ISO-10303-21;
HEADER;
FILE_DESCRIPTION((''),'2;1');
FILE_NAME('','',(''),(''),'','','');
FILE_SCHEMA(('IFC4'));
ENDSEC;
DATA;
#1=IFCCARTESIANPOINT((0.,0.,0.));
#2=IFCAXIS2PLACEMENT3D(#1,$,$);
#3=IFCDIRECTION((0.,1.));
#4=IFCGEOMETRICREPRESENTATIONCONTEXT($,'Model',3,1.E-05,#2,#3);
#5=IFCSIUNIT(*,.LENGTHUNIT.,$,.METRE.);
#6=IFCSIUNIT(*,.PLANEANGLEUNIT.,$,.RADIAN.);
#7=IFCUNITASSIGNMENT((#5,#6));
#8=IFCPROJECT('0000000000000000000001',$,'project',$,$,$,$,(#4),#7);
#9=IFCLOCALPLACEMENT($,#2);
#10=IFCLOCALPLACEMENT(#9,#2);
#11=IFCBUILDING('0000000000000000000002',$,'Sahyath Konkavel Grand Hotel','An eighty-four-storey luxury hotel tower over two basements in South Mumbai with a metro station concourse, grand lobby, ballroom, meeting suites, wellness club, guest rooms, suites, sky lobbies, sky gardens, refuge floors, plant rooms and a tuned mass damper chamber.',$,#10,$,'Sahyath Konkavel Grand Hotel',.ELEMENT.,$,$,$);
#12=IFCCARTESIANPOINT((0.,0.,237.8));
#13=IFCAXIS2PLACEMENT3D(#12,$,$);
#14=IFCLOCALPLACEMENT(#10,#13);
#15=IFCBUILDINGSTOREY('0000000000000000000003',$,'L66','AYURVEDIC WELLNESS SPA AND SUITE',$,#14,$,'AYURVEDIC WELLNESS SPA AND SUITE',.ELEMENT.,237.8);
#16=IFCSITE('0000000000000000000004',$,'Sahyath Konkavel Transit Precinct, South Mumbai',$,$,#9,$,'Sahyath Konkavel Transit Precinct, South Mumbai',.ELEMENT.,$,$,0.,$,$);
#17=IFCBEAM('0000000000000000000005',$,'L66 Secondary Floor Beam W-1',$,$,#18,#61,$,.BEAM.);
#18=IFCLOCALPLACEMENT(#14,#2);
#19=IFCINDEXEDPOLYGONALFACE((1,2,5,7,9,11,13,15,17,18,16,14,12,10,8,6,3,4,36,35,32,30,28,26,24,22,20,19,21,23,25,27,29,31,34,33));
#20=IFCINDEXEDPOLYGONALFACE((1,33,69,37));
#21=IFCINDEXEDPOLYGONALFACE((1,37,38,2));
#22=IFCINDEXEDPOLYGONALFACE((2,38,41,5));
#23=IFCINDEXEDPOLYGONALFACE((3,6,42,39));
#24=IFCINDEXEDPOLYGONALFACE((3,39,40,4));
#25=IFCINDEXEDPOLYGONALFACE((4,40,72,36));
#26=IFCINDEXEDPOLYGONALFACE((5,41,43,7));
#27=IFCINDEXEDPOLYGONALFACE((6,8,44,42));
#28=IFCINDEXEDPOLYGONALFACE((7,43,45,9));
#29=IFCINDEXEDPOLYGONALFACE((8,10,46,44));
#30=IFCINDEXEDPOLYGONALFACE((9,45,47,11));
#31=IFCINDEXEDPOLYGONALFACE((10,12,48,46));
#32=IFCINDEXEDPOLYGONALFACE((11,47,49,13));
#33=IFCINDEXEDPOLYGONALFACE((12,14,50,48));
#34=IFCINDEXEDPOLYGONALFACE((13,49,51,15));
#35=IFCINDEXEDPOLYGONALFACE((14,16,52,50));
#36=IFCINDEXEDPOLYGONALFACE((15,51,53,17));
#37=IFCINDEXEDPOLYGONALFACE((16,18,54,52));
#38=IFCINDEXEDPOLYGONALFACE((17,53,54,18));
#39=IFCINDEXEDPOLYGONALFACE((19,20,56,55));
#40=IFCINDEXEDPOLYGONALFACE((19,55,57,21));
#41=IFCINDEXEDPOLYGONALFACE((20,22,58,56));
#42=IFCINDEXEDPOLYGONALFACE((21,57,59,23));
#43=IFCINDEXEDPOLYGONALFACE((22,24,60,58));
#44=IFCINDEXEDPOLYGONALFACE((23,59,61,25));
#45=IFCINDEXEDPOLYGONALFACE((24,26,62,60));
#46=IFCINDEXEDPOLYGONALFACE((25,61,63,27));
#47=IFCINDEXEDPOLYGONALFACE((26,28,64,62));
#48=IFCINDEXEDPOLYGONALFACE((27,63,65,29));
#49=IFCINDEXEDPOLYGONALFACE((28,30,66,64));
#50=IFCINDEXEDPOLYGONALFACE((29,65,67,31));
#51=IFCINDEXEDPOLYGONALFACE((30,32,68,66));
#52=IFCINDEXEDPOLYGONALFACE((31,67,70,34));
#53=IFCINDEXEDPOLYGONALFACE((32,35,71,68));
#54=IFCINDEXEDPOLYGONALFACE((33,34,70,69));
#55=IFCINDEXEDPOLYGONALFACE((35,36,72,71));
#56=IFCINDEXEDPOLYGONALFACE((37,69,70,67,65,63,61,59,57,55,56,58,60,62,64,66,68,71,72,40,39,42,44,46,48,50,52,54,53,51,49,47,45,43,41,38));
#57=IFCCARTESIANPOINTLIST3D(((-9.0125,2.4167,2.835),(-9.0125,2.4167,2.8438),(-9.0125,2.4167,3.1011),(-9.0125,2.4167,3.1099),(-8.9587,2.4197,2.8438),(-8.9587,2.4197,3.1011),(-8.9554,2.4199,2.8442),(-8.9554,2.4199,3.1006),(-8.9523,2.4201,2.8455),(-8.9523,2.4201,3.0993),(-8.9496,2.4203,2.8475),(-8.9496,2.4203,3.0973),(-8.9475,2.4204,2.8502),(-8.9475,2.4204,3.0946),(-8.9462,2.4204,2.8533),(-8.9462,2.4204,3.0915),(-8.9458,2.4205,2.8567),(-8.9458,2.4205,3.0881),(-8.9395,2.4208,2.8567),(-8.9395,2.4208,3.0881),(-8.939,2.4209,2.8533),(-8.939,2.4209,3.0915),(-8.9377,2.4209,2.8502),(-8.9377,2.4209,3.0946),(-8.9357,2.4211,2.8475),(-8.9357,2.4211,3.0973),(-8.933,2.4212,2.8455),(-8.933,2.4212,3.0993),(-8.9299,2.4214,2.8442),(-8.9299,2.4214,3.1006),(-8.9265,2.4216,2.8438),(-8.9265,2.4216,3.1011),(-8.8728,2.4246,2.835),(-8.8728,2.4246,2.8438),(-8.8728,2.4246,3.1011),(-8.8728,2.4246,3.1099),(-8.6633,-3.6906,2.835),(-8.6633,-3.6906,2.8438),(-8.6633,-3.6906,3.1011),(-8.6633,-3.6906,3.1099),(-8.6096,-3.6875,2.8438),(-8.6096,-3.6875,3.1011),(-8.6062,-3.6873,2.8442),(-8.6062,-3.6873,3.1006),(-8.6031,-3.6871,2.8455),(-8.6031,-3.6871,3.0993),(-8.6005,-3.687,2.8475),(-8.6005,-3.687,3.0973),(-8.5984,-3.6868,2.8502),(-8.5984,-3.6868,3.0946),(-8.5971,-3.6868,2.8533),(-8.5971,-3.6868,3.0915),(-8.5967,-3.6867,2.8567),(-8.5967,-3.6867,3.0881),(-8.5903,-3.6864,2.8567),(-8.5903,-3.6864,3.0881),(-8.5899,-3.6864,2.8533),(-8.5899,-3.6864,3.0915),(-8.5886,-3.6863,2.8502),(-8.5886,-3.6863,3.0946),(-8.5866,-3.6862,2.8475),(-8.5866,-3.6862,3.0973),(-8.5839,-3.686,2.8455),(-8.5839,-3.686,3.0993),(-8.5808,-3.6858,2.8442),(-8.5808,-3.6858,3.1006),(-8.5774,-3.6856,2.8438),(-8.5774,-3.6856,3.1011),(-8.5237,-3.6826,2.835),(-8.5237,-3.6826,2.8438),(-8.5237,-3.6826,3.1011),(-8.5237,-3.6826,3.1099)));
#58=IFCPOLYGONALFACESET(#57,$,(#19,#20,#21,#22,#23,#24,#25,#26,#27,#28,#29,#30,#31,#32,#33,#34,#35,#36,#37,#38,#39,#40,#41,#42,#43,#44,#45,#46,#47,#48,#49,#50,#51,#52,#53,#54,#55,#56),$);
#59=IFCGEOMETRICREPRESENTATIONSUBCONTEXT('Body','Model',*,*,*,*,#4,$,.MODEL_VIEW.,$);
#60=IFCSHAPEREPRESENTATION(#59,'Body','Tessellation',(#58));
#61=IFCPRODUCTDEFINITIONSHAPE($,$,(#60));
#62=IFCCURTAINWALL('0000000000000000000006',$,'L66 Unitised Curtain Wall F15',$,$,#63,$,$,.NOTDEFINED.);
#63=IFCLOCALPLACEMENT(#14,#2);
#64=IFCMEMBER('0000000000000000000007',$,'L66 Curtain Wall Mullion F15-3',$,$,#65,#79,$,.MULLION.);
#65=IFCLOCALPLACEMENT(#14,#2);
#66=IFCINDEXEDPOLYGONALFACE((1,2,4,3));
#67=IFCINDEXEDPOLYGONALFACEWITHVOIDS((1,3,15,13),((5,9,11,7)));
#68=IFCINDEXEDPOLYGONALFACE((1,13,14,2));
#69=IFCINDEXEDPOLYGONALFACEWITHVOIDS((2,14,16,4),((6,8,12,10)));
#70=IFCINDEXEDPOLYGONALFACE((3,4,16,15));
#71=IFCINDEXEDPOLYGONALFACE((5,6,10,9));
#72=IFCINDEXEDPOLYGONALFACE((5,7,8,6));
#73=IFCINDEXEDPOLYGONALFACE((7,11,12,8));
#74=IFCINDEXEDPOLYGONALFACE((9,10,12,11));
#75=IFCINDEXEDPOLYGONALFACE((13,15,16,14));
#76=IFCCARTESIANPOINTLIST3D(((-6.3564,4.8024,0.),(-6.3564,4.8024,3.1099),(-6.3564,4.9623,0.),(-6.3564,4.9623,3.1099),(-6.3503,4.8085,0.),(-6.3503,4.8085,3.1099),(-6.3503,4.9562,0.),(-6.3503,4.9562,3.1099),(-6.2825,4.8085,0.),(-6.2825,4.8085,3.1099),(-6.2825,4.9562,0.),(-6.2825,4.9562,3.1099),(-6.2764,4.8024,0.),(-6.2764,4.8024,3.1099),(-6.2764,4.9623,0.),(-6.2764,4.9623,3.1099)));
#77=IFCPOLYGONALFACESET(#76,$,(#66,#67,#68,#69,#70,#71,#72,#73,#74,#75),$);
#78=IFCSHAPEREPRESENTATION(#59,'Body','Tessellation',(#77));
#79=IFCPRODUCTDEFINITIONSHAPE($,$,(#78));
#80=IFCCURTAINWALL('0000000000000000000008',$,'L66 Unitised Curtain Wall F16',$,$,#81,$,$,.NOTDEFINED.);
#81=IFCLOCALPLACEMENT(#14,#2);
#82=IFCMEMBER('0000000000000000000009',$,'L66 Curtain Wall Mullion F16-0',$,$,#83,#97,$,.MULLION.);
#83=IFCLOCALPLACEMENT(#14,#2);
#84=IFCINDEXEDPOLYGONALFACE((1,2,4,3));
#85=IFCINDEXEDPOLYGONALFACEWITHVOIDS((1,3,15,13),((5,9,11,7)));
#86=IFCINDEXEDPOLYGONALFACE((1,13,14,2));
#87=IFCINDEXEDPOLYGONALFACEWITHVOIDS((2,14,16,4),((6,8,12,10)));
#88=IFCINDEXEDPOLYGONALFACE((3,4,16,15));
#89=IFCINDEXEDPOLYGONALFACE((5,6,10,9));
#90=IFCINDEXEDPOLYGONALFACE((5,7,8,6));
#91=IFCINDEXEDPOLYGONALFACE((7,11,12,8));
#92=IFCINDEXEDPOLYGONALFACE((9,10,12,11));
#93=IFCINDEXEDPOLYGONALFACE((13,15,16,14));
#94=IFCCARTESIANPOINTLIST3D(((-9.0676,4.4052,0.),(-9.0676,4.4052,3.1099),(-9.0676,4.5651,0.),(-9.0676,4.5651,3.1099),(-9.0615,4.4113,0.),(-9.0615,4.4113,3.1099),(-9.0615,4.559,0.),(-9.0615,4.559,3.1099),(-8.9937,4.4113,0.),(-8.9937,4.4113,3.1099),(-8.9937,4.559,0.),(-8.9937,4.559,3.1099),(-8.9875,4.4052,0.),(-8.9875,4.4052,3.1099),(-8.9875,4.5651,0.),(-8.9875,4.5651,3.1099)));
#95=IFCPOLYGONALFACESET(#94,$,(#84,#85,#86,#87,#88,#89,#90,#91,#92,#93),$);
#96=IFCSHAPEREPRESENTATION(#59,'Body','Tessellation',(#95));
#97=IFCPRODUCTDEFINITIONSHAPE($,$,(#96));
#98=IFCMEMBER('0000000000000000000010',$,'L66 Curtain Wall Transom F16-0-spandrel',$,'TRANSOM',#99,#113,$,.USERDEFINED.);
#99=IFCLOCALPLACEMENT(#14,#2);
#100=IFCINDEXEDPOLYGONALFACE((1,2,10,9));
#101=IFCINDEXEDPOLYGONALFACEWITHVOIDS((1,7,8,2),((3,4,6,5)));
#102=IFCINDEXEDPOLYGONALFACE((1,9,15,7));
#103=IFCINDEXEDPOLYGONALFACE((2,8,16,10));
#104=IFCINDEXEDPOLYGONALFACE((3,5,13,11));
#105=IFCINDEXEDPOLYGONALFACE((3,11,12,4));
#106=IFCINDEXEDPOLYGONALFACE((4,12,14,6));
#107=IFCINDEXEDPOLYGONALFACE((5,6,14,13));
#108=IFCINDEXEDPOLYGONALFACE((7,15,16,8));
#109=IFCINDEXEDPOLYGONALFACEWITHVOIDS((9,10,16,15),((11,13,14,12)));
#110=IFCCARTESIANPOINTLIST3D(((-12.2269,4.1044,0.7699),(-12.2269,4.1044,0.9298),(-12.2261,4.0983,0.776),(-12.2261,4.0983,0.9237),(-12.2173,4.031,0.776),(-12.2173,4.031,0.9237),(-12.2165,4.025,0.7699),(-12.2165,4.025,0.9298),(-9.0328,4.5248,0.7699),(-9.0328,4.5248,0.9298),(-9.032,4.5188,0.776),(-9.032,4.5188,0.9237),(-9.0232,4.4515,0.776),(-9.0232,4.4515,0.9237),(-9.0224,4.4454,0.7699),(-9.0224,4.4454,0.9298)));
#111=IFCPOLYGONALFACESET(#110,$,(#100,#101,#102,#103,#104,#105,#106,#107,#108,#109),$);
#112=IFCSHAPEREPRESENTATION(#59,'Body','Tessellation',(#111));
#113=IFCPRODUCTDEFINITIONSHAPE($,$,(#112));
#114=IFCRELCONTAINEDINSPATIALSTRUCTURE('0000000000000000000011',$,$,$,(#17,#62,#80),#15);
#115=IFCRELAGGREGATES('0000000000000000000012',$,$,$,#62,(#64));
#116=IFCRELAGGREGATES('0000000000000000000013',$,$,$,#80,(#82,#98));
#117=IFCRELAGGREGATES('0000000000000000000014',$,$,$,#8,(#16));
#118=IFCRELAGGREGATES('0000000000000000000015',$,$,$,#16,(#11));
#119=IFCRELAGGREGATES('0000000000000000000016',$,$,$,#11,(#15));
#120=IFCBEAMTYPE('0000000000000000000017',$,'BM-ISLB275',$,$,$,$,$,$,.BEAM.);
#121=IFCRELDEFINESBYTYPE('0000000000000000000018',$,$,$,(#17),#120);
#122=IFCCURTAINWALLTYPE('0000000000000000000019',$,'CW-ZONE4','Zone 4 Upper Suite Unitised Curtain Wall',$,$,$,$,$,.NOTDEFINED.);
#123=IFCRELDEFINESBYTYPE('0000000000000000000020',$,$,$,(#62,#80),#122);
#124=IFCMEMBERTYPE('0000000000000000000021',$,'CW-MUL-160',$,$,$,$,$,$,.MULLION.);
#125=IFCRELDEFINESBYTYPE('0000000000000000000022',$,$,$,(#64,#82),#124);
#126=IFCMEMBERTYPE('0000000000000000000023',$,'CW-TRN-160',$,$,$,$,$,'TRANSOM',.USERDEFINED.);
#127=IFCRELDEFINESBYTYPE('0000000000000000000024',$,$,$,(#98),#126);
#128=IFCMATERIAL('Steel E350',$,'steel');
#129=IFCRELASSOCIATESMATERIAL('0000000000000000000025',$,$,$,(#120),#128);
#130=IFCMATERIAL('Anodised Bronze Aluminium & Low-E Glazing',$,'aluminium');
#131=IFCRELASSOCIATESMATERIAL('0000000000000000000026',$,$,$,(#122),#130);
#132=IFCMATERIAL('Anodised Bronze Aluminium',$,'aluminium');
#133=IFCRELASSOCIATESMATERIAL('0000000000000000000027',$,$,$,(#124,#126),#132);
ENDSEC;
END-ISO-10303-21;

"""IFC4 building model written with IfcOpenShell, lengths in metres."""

from ifc_helpers import new_model, si_unit, direction, frame, origin, origin_2d, place, context, subcontext, project, spatial, hollow_rectangle, i_section, extrude, source, transform, mapped, material, material_profile, profile_set, type_object, element, aggregate, save


model = new_model("IFC4")

# Units and contexts
model_context = context("Model", 3, precision=1e-05, world=origin(), true_north=direction((0.0, 1.0)))
body_context = subcontext(model_context, "Body", "Model", "MODEL_VIEW")
ifc_project = project(units=[si_unit("LENGTHUNIT", "METRE"), si_unit("PLANEANGLEUNIT", "RADIAN")], contexts=[model_context])

# Site, building, storey
site_placement = place(None, origin())
site = spatial("IfcSite", under=ifc_project, at=site_placement, Name="Sahyath Konkavel Transit Precinct, South Mumbai", LongName="Sahyath Konkavel Transit Precinct, South Mumbai", CompositionType="ELEMENT", RefElevation=0.0)
building_placement = place(site_placement, origin())
building = spatial("IfcBuilding", under=site, at=building_placement, Name="Sahyath Konkavel Grand Hotel", Description="An eighty-four-storey luxury hotel tower over two basements in South Mumbai with a metro station concourse, grand lobby, ballroom, meeting suites, wellness club, guest rooms, suites, sky lobbies, sky gardens, refuge floors, plant rooms and a tuned mass damper chamber.", LongName="Sahyath Konkavel Grand Hotel", CompositionType="ELEMENT")
storey_placement = place(building_placement, frame((0.0, 0.0, 237.8)))
storey = spatial("IfcBuildingStorey", under=building, at=storey_placement, Name="L66", Description="AYURVEDIC WELLNESS SPA AND SUITE", LongName="AYURVEDIC WELLNESS SPA AND SUITE", CompositionType="ELEMENT", Elevation=237.8)

# Beam
ifc_material_1 = material(Name="Steel E350", Category="steel")
ifc_material_profile_1 = material_profile(ifc_material_1, i_section(OverallWidth=0.1399, OverallDepth=0.2749, WebThickness=0.0063, FlangeThickness=0.0088, FilletRadius=0.0129, at=origin_2d()), Name="ISLB 275")
ifc_profile_set_1 = profile_set([ifc_material_profile_1], Name="Steel E350")
beam_type_1 = type_object("IfcBeamType", Name="BM-ISLB275", PredefinedType="BEAM", material=ifc_profile_set_1)
shared_shape_1 = source(origin(), body_context, "Body", "SweptSolid", [
    extrude(i_section(OverallWidth=0.1399, OverallDepth=0.2749, WebThickness=0.0063, FlangeThickness=0.0088, FilletRadius=0.0129, at=origin_2d()), origin(), (0.0, 0.0, 1.0), 6.1172),
])
beam_1_placement = place(storey_placement, frame((-8.9426, 2.4207, 2.9724), z_axis=(0.057073, -0.99837, 0.0), x_axis=(0.99837, 0.057073, 0.0)))
element("IfcBeam", 1, at=beam_1_placement, inside=storey, type_object=beam_type_1, Name="L66 Secondary Floor Beam W-1", PredefinedType="BEAM", context=body_context, shape_type="MappedRepresentation", body=[
    mapped(shared_shape_1, transform((0.0, 0.0, 0.0), scale=1.0)),
])

# Curtain wall, member
ifc_material_2 = material(Name="Anodised Bronze Aluminium & Low-E Glazing", Category="aluminium")
curtain_wall_type = type_object("IfcCurtainWallType", Name="CW-ZONE4", Description="Zone 4 Upper Suite Unitised Curtain Wall", PredefinedType="NOTDEFINED", material=ifc_material_2)
curtain_wall_1_placement = place(storey_placement, origin())
curtain_wall_1 = element("IfcCurtainWall", 2, at=curtain_wall_1_placement, inside=storey, type_object=curtain_wall_type, Name="L66 Unitised Curtain Wall F15", PredefinedType="NOTDEFINED")
ifc_material_3 = material(Name="Anodised Bronze Aluminium", Category="aluminium")
ifc_material_profile_2 = material_profile(ifc_material_3, hollow_rectangle(XDim=0.0801, YDim=0.1599, WallThickness=0.0061, at=origin_2d()), Name="RHS 160x80x6")
ifc_profile_set_2 = profile_set([ifc_material_profile_2], Name="Anodised Bronze Aluminium")
member_type_1 = type_object("IfcMemberType", Name="CW-MUL-160", PredefinedType="MULLION", material=ifc_profile_set_2)
shared_shape_2 = source(origin(), body_context, "Body", "SweptSolid", [
    extrude(hollow_rectangle(XDim=0.0801, YDim=0.1599, WallThickness=0.0061, at=origin_2d()), origin(), (0.0, 0.0, 1.0), 3.1099),
])
member_1_placement = place(storey_placement, frame((-6.3164, 4.8823, 0.0), z_axis=(0.0, 0.0, 1.0), x_axis=(1.0, 0.0, 0.0)))
member_1 = element("IfcMember", 3, at=member_1_placement, type_object=member_type_1, Name="L66 Curtain Wall Mullion F15-3", PredefinedType="MULLION", context=body_context, shape_type="MappedRepresentation", body=[
    mapped(shared_shape_2, transform((0.0, 0.0, 0.0), scale=1.0)),
])
aggregate(curtain_wall_1, [member_1])

# Curtain wall, members
curtain_wall_2_placement = place(storey_placement, origin())
curtain_wall_2 = element("IfcCurtainWall", 4, at=curtain_wall_2_placement, inside=storey, type_object=curtain_wall_type, Name="L66 Unitised Curtain Wall F16", PredefinedType="NOTDEFINED")
member_2_placement = place(storey_placement, frame((-9.0276, 4.4851, 0.0), z_axis=(0.0, 0.0, 1.0), x_axis=(1.0, 0.0, 0.0)))
member_2 = element("IfcMember", 5, at=member_2_placement, type_object=member_type_1, Name="L66 Curtain Wall Mullion F16-0", PredefinedType="MULLION", context=body_context, shape_type="MappedRepresentation", body=[
    mapped(shared_shape_2, transform((0.0, 0.0, 0.0), scale=1.0)),
])
ifc_material_profile_3 = material_profile(ifc_material_3, hollow_rectangle(XDim=0.0801, YDim=0.1599, WallThickness=0.0061, at=origin_2d()), Name="RHS 160x80x6")
ifc_profile_set_3 = profile_set([ifc_material_profile_3], Name="Anodised Bronze Aluminium")
member_type_2 = type_object("IfcMemberType", Name="CW-TRN-160", ElementType="TRANSOM", PredefinedType="USERDEFINED", material=ifc_profile_set_3)
shared_shape_3 = source(origin(), body_context, "Body", "SweptSolid", [
    extrude(hollow_rectangle(XDim=0.0801, YDim=0.1599, WallThickness=0.0061, at=origin_2d()), origin(), (0.0, 0.0, 1.0), 3.2217),
])
member_3_placement = place(storey_placement, frame((-9.0276, 4.4851, 0.8499), z_axis=(-0.991449, -0.130496, 0.0), x_axis=(0.130496, -0.991449, 0.0)))
member_3 = element("IfcMember", 6, at=member_3_placement, type_object=member_type_2, Name="L66 Curtain Wall Transom F16-0-spandrel", ObjectType="TRANSOM", PredefinedType="USERDEFINED", context=body_context, shape_type="MappedRepresentation", body=[
    mapped(shared_shape_3, transform((0.0, 0.0, 0.0), scale=1.0)),
])

aggregate(curtain_wall_2, [member_2, member_3])

save(model, "model.ifc")
